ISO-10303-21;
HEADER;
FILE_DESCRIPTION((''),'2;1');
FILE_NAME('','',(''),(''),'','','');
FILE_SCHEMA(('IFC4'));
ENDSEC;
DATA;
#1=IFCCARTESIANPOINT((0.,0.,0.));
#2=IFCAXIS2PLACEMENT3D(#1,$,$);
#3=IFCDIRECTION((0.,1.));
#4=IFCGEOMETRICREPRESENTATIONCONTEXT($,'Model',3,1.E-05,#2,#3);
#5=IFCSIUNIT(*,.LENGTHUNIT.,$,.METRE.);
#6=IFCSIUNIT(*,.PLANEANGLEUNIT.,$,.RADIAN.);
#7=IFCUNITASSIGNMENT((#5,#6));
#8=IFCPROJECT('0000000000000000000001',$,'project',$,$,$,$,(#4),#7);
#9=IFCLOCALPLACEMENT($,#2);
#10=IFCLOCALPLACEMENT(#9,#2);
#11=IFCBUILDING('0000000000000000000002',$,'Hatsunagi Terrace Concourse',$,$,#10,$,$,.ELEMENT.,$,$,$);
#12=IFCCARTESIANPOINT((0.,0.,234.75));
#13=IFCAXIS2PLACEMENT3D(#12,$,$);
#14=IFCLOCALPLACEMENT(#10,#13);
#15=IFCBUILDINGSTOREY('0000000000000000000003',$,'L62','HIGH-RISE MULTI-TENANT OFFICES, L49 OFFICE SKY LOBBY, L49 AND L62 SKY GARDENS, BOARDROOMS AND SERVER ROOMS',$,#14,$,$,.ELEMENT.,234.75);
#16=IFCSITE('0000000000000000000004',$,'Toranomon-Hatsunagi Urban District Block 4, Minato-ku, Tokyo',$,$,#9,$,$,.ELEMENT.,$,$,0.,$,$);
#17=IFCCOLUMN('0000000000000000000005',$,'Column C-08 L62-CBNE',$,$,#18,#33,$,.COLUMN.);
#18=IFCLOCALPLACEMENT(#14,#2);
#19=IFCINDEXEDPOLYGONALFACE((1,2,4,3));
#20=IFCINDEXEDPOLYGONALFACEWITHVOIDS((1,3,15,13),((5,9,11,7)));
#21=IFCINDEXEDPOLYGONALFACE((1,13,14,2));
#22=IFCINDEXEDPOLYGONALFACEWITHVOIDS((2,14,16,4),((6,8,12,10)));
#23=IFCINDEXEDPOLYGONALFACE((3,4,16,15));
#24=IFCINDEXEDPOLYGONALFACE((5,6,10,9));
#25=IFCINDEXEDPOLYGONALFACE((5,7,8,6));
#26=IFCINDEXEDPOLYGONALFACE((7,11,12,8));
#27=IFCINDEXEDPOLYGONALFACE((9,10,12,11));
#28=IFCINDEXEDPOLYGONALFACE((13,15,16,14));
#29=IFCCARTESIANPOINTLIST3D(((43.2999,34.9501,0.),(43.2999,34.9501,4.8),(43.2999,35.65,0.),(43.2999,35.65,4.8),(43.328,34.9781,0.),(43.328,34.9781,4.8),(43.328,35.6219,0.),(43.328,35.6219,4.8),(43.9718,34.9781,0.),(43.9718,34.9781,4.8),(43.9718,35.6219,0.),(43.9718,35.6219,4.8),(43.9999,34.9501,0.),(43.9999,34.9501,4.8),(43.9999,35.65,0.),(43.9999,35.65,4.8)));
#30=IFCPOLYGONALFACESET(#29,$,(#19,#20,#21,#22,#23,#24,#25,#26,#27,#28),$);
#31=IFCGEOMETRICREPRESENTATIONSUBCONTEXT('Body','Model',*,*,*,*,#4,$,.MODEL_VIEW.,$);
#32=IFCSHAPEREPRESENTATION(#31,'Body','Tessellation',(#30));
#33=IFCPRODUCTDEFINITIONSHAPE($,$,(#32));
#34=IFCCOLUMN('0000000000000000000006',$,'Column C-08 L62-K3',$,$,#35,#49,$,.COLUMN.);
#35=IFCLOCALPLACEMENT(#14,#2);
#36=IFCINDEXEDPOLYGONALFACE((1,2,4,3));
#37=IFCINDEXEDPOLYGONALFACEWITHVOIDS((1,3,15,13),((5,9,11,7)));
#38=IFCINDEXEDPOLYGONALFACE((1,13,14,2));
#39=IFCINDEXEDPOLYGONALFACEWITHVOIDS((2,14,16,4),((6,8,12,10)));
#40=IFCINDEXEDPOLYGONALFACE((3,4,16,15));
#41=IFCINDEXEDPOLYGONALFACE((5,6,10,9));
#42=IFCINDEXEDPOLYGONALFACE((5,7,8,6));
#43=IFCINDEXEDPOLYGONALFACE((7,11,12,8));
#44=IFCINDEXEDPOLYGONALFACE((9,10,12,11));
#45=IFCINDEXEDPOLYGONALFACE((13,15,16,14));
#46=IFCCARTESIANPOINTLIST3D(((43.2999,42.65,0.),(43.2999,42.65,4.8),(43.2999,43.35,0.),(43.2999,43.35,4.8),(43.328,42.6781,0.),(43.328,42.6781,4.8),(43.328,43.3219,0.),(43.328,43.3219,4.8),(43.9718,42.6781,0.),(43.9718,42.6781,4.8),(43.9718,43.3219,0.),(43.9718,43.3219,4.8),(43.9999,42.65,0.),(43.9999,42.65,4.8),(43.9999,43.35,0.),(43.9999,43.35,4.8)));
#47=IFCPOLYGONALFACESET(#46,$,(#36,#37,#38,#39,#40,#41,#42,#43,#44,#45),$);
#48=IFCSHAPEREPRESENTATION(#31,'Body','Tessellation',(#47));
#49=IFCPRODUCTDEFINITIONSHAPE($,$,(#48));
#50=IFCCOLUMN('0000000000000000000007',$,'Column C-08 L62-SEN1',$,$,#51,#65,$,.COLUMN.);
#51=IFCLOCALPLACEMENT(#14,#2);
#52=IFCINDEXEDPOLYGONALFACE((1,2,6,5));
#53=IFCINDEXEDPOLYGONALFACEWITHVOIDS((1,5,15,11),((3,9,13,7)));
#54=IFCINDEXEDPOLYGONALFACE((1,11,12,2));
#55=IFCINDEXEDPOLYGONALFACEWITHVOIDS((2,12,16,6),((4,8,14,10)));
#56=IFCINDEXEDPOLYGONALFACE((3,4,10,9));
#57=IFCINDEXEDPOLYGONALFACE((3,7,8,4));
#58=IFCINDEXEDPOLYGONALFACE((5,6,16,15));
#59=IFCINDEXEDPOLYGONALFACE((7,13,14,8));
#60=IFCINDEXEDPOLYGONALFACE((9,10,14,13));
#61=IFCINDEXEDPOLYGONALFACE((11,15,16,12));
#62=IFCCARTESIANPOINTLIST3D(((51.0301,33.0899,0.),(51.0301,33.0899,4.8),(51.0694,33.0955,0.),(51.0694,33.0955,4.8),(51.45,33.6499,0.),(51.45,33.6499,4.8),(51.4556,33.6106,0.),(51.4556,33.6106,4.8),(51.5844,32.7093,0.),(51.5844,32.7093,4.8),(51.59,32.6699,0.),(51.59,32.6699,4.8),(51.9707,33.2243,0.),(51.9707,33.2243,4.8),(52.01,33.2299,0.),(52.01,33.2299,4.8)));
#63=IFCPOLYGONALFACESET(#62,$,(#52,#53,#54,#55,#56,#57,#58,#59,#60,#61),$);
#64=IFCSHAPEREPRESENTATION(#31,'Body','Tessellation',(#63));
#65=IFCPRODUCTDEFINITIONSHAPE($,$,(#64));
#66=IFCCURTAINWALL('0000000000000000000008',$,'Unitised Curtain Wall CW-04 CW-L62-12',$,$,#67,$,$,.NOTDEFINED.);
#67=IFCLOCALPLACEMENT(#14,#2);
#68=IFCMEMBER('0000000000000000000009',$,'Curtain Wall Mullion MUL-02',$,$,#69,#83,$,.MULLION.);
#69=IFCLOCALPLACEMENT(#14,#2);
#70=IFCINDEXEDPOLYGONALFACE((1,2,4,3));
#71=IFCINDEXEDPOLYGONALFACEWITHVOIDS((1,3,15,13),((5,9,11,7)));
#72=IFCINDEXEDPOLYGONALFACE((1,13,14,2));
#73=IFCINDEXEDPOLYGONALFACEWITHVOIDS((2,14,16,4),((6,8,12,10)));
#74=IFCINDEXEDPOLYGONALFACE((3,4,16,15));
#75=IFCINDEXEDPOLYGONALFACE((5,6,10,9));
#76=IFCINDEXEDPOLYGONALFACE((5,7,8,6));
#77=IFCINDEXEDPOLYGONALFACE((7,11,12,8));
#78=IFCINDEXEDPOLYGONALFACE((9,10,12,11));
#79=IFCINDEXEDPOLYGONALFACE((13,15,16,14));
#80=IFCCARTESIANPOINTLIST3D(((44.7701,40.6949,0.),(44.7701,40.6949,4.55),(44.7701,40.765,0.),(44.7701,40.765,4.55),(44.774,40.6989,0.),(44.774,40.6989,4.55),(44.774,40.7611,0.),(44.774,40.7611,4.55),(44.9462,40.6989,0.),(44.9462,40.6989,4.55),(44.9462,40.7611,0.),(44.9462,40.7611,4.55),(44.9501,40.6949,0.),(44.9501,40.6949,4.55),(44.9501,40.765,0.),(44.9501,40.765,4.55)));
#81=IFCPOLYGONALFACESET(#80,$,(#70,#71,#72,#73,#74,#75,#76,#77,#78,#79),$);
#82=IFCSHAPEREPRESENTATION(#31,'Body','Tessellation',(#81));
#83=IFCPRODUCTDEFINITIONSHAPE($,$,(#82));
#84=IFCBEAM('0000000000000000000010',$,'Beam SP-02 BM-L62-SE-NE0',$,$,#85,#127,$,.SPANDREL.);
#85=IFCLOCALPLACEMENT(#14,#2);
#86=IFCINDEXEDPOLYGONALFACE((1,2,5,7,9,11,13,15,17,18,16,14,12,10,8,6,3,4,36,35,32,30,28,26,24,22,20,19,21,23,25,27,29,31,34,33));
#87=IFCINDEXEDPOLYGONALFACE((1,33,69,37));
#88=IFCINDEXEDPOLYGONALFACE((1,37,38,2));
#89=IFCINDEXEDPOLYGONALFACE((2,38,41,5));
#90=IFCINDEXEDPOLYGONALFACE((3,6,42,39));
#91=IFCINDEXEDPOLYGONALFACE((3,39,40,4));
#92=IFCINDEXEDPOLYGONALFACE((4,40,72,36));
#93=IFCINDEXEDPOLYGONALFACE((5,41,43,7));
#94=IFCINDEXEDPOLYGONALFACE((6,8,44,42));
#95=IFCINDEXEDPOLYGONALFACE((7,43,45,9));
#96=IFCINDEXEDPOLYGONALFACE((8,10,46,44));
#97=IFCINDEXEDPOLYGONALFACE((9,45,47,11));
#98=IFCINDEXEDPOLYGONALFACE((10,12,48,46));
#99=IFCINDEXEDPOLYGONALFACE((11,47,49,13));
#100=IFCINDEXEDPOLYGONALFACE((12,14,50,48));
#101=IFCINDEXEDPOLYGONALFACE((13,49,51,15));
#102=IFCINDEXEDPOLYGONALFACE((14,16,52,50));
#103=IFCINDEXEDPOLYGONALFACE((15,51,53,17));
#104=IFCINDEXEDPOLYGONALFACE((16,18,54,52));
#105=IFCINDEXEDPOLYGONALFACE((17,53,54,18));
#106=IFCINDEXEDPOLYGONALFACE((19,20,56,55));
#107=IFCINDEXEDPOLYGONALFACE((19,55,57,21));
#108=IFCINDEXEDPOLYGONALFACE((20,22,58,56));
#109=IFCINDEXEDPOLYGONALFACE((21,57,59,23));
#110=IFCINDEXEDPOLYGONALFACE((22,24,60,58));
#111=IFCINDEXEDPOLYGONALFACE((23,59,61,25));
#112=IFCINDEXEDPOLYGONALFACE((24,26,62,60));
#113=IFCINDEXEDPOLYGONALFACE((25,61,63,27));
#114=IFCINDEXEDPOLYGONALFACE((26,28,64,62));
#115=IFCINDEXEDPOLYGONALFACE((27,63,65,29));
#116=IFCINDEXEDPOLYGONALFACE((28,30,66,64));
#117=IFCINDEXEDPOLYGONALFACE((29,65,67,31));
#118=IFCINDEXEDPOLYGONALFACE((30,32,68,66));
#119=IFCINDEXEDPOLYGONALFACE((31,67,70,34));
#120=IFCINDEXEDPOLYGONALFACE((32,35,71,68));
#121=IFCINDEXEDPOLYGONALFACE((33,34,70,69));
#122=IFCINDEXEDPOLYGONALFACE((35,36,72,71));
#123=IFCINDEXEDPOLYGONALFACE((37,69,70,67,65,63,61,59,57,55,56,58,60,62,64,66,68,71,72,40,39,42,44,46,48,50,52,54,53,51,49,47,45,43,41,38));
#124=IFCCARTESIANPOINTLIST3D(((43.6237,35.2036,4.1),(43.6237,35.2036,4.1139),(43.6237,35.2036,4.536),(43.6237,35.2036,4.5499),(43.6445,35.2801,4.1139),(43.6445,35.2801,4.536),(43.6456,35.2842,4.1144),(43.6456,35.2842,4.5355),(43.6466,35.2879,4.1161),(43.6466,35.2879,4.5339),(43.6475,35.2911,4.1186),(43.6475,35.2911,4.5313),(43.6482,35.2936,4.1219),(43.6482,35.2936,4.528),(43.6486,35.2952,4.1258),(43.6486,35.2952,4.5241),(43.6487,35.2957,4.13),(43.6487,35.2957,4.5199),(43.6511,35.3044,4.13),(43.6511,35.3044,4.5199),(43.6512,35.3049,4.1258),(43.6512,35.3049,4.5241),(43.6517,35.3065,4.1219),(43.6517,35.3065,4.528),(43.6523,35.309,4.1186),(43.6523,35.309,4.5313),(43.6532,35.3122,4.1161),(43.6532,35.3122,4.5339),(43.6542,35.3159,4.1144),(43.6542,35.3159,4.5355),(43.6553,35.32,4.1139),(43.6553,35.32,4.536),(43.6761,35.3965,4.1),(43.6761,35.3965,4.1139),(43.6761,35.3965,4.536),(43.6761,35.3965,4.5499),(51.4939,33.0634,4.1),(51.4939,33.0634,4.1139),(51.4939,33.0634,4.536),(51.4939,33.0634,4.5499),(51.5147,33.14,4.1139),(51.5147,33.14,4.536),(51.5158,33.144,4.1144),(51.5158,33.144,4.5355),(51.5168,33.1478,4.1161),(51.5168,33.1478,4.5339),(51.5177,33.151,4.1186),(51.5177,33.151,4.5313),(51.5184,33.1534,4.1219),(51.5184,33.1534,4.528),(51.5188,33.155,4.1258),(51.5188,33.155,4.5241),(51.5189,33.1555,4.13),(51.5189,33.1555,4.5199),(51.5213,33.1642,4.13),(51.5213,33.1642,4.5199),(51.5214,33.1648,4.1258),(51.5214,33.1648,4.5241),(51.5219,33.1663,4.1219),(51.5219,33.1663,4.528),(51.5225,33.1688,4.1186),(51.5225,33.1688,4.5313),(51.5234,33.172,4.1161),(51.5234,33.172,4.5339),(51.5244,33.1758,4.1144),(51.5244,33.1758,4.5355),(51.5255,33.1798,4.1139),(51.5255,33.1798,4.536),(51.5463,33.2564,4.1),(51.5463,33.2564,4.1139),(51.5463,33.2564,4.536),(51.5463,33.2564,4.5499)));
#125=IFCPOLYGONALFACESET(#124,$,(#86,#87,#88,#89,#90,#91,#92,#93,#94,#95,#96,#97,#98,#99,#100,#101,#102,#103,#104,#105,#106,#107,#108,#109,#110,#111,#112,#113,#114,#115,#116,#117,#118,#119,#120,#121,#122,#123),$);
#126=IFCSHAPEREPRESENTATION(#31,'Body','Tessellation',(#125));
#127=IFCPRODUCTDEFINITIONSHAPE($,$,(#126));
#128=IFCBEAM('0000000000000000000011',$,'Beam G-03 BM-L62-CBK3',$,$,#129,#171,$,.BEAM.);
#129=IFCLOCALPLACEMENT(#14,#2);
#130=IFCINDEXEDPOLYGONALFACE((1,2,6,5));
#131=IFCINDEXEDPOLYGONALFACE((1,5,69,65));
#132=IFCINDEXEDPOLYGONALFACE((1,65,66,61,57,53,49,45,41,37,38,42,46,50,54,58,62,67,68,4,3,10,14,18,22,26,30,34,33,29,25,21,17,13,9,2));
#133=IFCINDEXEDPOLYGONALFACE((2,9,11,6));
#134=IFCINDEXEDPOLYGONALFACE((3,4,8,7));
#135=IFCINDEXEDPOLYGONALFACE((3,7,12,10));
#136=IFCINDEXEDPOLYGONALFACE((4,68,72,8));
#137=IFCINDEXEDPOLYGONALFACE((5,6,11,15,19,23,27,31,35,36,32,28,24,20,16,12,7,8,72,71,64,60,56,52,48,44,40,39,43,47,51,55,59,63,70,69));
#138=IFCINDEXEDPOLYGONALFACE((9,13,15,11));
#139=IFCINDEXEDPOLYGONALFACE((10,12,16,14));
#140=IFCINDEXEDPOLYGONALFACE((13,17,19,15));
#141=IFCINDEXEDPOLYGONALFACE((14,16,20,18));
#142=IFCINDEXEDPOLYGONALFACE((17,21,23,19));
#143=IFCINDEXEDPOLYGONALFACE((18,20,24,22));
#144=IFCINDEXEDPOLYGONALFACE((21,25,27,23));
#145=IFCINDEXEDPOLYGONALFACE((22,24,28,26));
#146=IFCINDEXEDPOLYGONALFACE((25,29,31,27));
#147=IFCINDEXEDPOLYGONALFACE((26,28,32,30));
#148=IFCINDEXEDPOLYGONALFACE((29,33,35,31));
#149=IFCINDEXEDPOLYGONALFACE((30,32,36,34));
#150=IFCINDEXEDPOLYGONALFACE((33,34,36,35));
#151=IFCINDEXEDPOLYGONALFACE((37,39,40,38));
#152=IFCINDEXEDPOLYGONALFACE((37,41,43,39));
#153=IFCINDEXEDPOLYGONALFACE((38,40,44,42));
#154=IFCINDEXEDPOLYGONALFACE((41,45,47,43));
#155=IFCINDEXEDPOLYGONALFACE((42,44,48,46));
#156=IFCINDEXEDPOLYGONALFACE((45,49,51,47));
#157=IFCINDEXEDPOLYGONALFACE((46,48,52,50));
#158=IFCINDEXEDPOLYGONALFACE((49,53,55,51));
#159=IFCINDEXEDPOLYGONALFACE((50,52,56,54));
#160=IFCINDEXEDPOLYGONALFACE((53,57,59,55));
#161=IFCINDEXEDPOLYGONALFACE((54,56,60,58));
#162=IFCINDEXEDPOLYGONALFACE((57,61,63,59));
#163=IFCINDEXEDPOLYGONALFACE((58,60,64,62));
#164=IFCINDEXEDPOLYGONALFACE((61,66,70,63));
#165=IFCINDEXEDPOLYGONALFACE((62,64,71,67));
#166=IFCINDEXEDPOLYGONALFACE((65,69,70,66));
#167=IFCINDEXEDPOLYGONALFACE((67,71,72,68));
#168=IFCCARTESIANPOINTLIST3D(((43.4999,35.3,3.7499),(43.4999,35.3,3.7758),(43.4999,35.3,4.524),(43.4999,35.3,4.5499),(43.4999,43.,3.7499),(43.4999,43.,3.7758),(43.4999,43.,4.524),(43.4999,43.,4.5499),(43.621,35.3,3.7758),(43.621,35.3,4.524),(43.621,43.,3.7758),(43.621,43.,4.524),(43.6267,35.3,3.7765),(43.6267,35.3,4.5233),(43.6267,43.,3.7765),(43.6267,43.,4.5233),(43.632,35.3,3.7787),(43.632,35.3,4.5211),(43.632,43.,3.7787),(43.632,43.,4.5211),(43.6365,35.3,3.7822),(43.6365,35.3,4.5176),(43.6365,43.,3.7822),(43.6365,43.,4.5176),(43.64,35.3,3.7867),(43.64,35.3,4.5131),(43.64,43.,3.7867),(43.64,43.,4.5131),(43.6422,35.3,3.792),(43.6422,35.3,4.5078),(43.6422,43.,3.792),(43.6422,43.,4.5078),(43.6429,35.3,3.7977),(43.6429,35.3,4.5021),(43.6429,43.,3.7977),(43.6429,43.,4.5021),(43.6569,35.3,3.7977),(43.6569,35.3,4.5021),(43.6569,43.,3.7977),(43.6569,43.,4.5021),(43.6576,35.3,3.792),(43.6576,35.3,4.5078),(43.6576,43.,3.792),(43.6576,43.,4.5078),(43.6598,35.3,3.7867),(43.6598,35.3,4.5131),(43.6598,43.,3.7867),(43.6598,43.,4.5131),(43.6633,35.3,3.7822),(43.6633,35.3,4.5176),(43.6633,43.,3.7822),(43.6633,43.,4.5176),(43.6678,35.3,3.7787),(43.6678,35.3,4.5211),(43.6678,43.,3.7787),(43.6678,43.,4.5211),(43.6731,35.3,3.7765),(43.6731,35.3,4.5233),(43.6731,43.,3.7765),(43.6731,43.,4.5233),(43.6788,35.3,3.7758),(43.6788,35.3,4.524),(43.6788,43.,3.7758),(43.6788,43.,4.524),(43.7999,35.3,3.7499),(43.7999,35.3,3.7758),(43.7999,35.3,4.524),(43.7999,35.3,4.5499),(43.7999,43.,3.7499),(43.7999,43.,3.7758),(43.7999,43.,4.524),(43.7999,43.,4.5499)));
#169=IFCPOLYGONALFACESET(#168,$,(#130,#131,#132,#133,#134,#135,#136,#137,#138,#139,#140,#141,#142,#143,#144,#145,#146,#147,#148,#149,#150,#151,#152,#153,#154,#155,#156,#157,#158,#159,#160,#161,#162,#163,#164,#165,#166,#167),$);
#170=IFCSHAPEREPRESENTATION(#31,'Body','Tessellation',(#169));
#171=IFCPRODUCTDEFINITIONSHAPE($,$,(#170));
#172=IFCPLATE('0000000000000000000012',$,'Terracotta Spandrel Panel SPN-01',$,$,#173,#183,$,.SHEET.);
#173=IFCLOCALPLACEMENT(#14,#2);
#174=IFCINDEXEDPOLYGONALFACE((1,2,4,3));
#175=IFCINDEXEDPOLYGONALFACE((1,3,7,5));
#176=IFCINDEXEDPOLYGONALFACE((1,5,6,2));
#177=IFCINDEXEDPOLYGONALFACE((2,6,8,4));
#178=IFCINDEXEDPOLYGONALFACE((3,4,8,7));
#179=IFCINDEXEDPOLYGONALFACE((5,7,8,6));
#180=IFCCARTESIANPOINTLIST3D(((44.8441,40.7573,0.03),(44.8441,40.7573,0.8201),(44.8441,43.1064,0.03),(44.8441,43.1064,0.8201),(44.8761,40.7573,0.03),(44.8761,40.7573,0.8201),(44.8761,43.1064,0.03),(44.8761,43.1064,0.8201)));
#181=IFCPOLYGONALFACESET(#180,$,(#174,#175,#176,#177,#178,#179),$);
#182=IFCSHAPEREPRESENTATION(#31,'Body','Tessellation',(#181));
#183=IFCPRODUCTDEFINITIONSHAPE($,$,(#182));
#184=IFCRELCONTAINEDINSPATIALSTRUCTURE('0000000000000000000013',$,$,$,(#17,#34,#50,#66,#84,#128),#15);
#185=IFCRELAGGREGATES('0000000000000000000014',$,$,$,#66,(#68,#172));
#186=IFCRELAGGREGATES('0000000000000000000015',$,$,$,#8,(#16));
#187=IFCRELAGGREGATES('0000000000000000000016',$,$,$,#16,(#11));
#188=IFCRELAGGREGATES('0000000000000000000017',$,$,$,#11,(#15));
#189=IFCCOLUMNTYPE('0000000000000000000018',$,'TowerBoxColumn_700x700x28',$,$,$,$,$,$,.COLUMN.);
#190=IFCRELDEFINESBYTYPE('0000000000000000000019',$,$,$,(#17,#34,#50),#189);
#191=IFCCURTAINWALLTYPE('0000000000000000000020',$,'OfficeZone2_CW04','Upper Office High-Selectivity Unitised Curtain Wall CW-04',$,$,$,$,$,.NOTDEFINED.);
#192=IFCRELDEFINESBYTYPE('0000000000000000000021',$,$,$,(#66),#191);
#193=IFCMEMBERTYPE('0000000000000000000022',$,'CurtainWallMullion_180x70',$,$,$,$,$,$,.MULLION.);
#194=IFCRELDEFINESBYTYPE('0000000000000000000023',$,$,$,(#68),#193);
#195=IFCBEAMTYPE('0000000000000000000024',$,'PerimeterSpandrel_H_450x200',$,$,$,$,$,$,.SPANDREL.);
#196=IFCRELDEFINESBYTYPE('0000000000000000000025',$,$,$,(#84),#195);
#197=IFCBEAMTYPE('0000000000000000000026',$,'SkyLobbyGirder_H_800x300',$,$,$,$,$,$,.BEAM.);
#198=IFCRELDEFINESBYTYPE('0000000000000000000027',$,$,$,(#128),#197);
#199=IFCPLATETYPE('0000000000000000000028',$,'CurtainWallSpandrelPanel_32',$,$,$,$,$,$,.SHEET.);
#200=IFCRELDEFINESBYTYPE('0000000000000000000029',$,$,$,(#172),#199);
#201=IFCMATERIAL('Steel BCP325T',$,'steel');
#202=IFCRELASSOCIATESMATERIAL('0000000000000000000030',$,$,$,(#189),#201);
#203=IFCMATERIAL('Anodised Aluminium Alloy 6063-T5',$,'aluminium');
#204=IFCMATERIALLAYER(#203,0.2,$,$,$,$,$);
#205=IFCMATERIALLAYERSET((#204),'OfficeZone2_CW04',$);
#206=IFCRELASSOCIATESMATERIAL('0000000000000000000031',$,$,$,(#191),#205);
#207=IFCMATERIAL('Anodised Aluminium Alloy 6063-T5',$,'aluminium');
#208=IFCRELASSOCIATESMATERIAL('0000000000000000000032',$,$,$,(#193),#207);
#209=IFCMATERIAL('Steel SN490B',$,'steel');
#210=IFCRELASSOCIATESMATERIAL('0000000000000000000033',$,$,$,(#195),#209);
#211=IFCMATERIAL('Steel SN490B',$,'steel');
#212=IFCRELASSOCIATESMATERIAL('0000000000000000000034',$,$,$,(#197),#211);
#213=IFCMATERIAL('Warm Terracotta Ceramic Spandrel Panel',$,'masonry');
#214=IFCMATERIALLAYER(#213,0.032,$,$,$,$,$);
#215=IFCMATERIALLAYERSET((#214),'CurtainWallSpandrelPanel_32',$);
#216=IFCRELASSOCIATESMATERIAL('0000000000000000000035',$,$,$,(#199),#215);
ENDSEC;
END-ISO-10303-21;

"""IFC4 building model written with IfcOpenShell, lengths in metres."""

from ifc_helpers import new_model, si_unit, direction, frame, origin, origin_2d, place, context, subcontext, project, spatial, rectangle, hollow_rectangle, i_section, extrude, material, layer, layer_set, material_profile, profile_set, type_object, element, aggregate, save


model = new_model("IFC4")

# Units and contexts
model_context = context("Model", 3, precision=1e-05, world=origin(), true_north=direction((0.0, 1.0)))
body_context = subcontext(model_context, "Body", "Model", "MODEL_VIEW")
ifc_project = project(units=[si_unit("LENGTHUNIT", "METRE"), si_unit("PLANEANGLEUNIT", "RADIAN")], contexts=[model_context])

# Site, building, storey
site_placement = place(None, origin())
site = spatial("IfcSite", under=ifc_project, at=site_placement, Name="Toranomon-Hatsunagi Urban District Block 4, Minato-ku, Tokyo", CompositionType="ELEMENT", RefElevation=0.0)
building_placement = place(site_placement, origin())
building = spatial("IfcBuilding", under=site, at=building_placement, Name="Hatsunagi Terrace Concourse", CompositionType="ELEMENT")
storey_placement = place(building_placement, frame((0.0, 0.0, 234.75)))
storey = spatial("IfcBuildingStorey", under=building, at=storey_placement, Name="L62", Description="HIGH-RISE MULTI-TENANT OFFICES, L49 OFFICE SKY LOBBY, L49 AND L62 SKY GARDENS, BOARDROOMS AND SERVER ROOMS", CompositionType="ELEMENT", Elevation=234.75)

# Columns
ifc_material_1 = material(Name="Steel BCP325T", Category="steel")
ifc_material_profile_1 = material_profile(ifc_material_1, hollow_rectangle(XDim=0.7, YDim=0.7, WallThickness=0.0281, at=origin_2d()), Name="BCP-700x700x28")
ifc_profile_set_1 = profile_set([ifc_material_profile_1], Name="Steel BCP325T")
column_type = type_object("IfcColumnType", Name="TowerBoxColumn_700x700x28", PredefinedType="COLUMN", material=ifc_profile_set_1)
for number, where, z_axis, x_axis, name in (
    (1, (43.6499, 35.3, 0.0), (0.0, 0.0, 1.0), (1.0, 0.0, 0.0), "Column C-08 L62-CBNE"),
    (2, (43.6499, 43.0, 0.0), (0.0, 0.0, 1.0), (1.0, 0.0, 0.0), "Column C-08 L62-K3"),
    (3, (51.52, 33.1599, 0.0), (0.0, 0.0, 1.0), (0.8, -0.6, 0.0), "Column C-08 L62-SEN1"),
):
    element("IfcColumn", number, at=place(storey_placement, frame(where, z_axis=z_axis, x_axis=x_axis)), inside=storey, type_object=column_type, Name=name, PredefinedType="COLUMN", context=body_context, shape_type="SweptSolid", body=[
        extrude(hollow_rectangle(XDim=0.7, YDim=0.7, WallThickness=0.0281, at=origin_2d()), origin(), (0.0, 0.0, 1.0), 4.8),
    ])

# Curtain wall, member
ifc_material_2 = material(Name="Anodised Aluminium Alloy 6063-T5", Category="aluminium")
ifc_layer_1 = layer(ifc_material_2, 0.2)
ifc_layer_set_1 = layer_set([ifc_layer_1], Name="OfficeZone2_CW04")
curtain_wall_type = type_object("IfcCurtainWallType", Name="OfficeZone2_CW04", Description="Upper Office High-Selectivity Unitised Curtain Wall CW-04", PredefinedType="NOTDEFINED", material=ifc_layer_set_1)
curtain_wall_placement = place(storey_placement, origin())
curtain_wall = element("IfcCurtainWall", 4, at=curtain_wall_placement, inside=storey, type_object=curtain_wall_type, Name="Unitised Curtain Wall CW-04 CW-L62-12", PredefinedType="NOTDEFINED")
ifc_material_3 = material(Name="Anodised Aluminium Alloy 6063-T5", Category="aluminium")
ifc_material_profile_2 = material_profile(ifc_material_3, hollow_rectangle(XDim=0.0701, YDim=0.1799, WallThickness=0.0039, at=origin_2d()), Name="ALU-MUL-180x70x4")
ifc_profile_set_2 = profile_set([ifc_material_profile_2], Name="Anodised Aluminium Alloy 6063-T5")
member_type = type_object("IfcMemberType", Name="CurtainWallMullion_180x70", PredefinedType="MULLION", material=ifc_profile_set_2)
member_placement = place(storey_placement, frame((44.8601, 40.73, 0.0), z_axis=(0.0, 0.0, 1.0), x_axis=(0.0, -1.0, 0.0)))
member = element("IfcMember", 5, at=member_placement, type_object=member_type, Name="Curtain Wall Mullion MUL-02", PredefinedType="MULLION", context=body_context, shape_type="SweptSolid", body=[
    extrude(hollow_rectangle(XDim=0.0701, YDim=0.1799, WallThickness=0.0039, at=origin_2d()), origin(), (0.0, 0.0, 1.0), 4.55),
])

# Beams
ifc_material_4 = material(Name="Steel SN490B", Category="steel")
ifc_material_profile_3 = material_profile(ifc_material_4, i_section(OverallWidth=0.2, OverallDepth=0.45, WebThickness=0.009, FlangeThickness=0.0139, FilletRadius=0.0161, at=origin_2d()), Name="H-450x200x9x14")
ifc_profile_set_3 = profile_set([ifc_material_profile_3], Name="Steel SN490B")
beam_type_1 = type_object("IfcBeamType", Name="PerimeterSpandrel_H_450x200", PredefinedType="SPANDREL", material=ifc_profile_set_3)
beam_1_placement = place(storey_placement, frame((43.6499, 35.3, 4.325), z_axis=(0.964958, -0.262403, 0.0), x_axis=(0.262403, 0.964958, 0.0)))
element("IfcBeam", 6, at=beam_1_placement, inside=storey, type_object=beam_type_1, Name="Beam SP-02 BM-L62-SE-NE0", PredefinedType="SPANDREL", context=body_context, shape_type="SweptSolid", body=[
    extrude(i_section(OverallWidth=0.2, OverallDepth=0.45, WebThickness=0.009, FlangeThickness=0.0139, FilletRadius=0.0161, at=origin_2d()), origin(), (0.0, 0.0, 1.0), 8.156),
])
ifc_material_5 = material(Name="Steel SN490B", Category="steel")
ifc_material_profile_4 = material_profile(ifc_material_5, i_section(OverallWidth=0.3, OverallDepth=0.8, WebThickness=0.0139, FlangeThickness=0.0259, FilletRadius=0.022, at=origin_2d()), Name="H-800x300x14x26")
ifc_profile_set_4 = profile_set([ifc_material_profile_4], Name="Steel SN490B")
beam_type_2 = type_object("IfcBeamType", Name="SkyLobbyGirder_H_800x300", PredefinedType="BEAM", material=ifc_profile_set_4)
beam_2_placement = place(storey_placement, frame((43.6499, 35.3, 4.1499), z_axis=(0.0, 1.0, 0.0), x_axis=(-1.0, 0.0, 0.0)))
element("IfcBeam", 7, at=beam_2_placement, inside=storey, type_object=beam_type_2, Name="Beam G-03 BM-L62-CBK3", PredefinedType="BEAM", context=body_context, shape_type="SweptSolid", body=[
    extrude(i_section(OverallWidth=0.3, OverallDepth=0.8, WebThickness=0.0139, FlangeThickness=0.0259, FilletRadius=0.022, at=origin_2d()), origin(), (0.0, 0.0, 1.0), 7.7),
])

# Plate
ifc_material_6 = material(Name="Warm Terracotta Ceramic Spandrel Panel", Category="masonry")
ifc_layer_2 = layer(ifc_material_6, 0.032)
ifc_layer_set_2 = layer_set([ifc_layer_2], Name="CurtainWallSpandrelPanel_32")
plate_type_1 = type_object("IfcPlateType", Name="CurtainWallSpandrelPanel_32", PredefinedType="SHEET", material=ifc_layer_set_2)
plate_1_placement = place(storey_placement, frame((44.8601, 41.9319, 0.03), z_axis=(0.0, 0.0, 1.0), x_axis=(0.0, -1.0, 0.0)))
plate_1 = element("IfcPlate", 8, at=plate_1_placement, type_object=plate_type_1, Name="Terracotta Spandrel Panel SPN-01", PredefinedType="SHEET", context=body_context, shape_type="SweptSolid", body=[
    extrude(rectangle(XDim=2.3491, YDim=0.032, at=origin_2d()), origin(), (0.0, 0.0, 1.0), 0.79),
])
aggregate(curtain_wall, [member, plate_1])

save(model, "model.ifc")
